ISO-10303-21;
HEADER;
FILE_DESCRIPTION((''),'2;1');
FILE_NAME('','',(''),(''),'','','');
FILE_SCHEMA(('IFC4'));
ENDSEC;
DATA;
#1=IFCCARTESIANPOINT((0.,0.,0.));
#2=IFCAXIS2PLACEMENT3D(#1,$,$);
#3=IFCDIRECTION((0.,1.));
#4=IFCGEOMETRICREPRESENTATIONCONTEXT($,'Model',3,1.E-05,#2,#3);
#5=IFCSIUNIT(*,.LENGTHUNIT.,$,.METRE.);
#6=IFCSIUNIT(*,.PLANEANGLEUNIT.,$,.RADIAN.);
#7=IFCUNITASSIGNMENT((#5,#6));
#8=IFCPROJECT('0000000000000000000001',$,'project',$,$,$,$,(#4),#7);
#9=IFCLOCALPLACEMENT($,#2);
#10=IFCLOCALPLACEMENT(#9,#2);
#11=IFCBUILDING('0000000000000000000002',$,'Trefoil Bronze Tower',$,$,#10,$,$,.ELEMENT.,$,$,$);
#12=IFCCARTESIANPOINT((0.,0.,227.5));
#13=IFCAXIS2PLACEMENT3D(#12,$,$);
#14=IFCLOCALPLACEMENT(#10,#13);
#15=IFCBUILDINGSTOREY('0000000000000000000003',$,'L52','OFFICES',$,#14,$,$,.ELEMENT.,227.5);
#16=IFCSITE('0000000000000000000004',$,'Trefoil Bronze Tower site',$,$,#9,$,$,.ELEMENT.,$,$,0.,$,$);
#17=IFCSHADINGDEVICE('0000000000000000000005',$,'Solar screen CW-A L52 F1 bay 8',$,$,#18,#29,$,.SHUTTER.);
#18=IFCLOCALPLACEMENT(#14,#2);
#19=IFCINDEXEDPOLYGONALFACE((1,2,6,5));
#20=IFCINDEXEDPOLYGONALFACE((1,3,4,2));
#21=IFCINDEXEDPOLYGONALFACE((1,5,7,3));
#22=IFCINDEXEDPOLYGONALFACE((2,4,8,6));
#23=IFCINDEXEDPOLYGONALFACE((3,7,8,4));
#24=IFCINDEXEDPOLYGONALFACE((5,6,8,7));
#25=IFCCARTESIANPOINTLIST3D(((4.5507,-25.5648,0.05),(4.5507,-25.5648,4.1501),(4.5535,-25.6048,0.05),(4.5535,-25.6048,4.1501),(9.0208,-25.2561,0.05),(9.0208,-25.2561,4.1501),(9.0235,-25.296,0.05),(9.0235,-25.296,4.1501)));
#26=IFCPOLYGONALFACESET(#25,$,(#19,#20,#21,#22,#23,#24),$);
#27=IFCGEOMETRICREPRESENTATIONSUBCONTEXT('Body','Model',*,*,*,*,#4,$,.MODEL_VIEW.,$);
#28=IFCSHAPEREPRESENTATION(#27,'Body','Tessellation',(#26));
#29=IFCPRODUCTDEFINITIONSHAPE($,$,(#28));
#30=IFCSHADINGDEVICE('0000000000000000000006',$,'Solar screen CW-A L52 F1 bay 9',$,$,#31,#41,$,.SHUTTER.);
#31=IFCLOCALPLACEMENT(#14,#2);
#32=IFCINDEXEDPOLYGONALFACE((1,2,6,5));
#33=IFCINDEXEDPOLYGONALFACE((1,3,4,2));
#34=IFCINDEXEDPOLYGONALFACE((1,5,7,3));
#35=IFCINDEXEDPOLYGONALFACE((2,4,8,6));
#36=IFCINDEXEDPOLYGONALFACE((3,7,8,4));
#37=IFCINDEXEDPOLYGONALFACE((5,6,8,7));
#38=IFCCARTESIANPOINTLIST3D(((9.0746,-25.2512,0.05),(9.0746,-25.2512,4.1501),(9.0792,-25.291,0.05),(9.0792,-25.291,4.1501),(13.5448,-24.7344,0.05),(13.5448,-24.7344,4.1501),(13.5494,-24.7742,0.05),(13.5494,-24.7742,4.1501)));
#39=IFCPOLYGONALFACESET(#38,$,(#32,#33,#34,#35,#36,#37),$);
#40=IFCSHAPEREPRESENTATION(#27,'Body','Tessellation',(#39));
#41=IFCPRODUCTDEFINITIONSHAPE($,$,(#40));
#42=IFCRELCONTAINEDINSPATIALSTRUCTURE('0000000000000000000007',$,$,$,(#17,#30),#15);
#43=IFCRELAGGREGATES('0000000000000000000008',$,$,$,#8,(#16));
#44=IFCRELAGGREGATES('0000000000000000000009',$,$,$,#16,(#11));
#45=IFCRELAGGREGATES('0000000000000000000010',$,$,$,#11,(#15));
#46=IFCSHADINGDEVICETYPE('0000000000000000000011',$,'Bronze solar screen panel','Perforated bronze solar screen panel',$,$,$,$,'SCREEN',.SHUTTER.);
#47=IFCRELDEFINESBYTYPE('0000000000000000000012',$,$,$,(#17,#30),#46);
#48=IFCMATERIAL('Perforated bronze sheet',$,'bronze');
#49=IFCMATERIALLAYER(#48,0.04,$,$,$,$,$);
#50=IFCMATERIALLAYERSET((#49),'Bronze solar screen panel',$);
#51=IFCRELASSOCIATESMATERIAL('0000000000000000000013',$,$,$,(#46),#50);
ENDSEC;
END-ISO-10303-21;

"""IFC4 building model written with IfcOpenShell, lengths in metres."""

from ifc_helpers import new_model, si_unit, direction, frame, origin, origin_2d, place, context, subcontext, project, spatial, rectangle, extrude, material, layer, layer_set, type_object, element, save


model = new_model("IFC4")

# Units and contexts
model_context = context("Model", 3, precision=1e-05, world=origin(), true_north=direction((0.0, 1.0)))
body_context = subcontext(model_context, "Body", "Model", "MODEL_VIEW")
ifc_project = project(units=[si_unit("LENGTHUNIT", "METRE"), si_unit("PLANEANGLEUNIT", "RADIAN")], contexts=[model_context])

# Site, building, storey
site_placement = place(None, origin())
site = spatial("IfcSite", under=ifc_project, at=site_placement, Name="Trefoil Bronze Tower site", CompositionType="ELEMENT", RefElevation=0.0)
building_placement = place(site_placement, origin())
building = spatial("IfcBuilding", under=site, at=building_placement, Name="Trefoil Bronze Tower", CompositionType="ELEMENT")
storey_placement = place(building_placement, frame((0.0, 0.0, 227.5)))
storey = spatial("IfcBuildingStorey", under=building, at=storey_placement, Name="L52", Description="OFFICES", CompositionType="ELEMENT", Elevation=227.5)

# Shading devices
ifc_material_1 = material(Name="Perforated bronze sheet", Category="bronze")
ifc_layer_1 = layer(ifc_material_1, 0.04)
ifc_layer_set_1 = layer_set([ifc_layer_1], Name="Bronze solar screen panel")
shading_device_type = type_object("IfcShadingDeviceType", Name="Bronze solar screen panel", Description="Perforated bronze solar screen panel", ElementType="SCREEN", PredefinedType="SHUTTER", material=ifc_layer_set_1)
shading_device_1_placement = place(storey_placement, frame((6.7871, -25.4304, 0.05), z_axis=(0.0, 0.0, 1.0), x_axis=(0.997623, 0.068915, 0.0)))
element("IfcShadingDevice", 1, at=shading_device_1_placement, inside=storey, type_object=shading_device_type, Name="Solar screen CW-A L52 F1 bay 8", PredefinedType="SHUTTER", context=body_context, shape_type="SweptSolid", body=[
    extrude(rectangle(XDim=4.4807, YDim=0.04, at=origin_2d()), origin(), (0.0, 0.0, 1.0), 4.1001),
])
shading_device_2_placement = place(storey_placement, frame((11.312, -25.0127, 0.05), z_axis=(0.0, 0.0, 1.0), x_axis=(0.993382, 0.114859, 0.0)))
element("IfcShadingDevice", 2, at=shading_device_2_placement, inside=storey, type_object=shading_device_type, Name="Solar screen CW-A L52 F1 bay 9", PredefinedType="SHUTTER", context=body_context, shape_type="SweptSolid", body=[
    extrude(rectangle(XDim=4.5, YDim=0.04, at=origin_2d()), origin(), (0.0, 0.0, 1.0), 4.1001),
])

save(model, "model.ifc")
